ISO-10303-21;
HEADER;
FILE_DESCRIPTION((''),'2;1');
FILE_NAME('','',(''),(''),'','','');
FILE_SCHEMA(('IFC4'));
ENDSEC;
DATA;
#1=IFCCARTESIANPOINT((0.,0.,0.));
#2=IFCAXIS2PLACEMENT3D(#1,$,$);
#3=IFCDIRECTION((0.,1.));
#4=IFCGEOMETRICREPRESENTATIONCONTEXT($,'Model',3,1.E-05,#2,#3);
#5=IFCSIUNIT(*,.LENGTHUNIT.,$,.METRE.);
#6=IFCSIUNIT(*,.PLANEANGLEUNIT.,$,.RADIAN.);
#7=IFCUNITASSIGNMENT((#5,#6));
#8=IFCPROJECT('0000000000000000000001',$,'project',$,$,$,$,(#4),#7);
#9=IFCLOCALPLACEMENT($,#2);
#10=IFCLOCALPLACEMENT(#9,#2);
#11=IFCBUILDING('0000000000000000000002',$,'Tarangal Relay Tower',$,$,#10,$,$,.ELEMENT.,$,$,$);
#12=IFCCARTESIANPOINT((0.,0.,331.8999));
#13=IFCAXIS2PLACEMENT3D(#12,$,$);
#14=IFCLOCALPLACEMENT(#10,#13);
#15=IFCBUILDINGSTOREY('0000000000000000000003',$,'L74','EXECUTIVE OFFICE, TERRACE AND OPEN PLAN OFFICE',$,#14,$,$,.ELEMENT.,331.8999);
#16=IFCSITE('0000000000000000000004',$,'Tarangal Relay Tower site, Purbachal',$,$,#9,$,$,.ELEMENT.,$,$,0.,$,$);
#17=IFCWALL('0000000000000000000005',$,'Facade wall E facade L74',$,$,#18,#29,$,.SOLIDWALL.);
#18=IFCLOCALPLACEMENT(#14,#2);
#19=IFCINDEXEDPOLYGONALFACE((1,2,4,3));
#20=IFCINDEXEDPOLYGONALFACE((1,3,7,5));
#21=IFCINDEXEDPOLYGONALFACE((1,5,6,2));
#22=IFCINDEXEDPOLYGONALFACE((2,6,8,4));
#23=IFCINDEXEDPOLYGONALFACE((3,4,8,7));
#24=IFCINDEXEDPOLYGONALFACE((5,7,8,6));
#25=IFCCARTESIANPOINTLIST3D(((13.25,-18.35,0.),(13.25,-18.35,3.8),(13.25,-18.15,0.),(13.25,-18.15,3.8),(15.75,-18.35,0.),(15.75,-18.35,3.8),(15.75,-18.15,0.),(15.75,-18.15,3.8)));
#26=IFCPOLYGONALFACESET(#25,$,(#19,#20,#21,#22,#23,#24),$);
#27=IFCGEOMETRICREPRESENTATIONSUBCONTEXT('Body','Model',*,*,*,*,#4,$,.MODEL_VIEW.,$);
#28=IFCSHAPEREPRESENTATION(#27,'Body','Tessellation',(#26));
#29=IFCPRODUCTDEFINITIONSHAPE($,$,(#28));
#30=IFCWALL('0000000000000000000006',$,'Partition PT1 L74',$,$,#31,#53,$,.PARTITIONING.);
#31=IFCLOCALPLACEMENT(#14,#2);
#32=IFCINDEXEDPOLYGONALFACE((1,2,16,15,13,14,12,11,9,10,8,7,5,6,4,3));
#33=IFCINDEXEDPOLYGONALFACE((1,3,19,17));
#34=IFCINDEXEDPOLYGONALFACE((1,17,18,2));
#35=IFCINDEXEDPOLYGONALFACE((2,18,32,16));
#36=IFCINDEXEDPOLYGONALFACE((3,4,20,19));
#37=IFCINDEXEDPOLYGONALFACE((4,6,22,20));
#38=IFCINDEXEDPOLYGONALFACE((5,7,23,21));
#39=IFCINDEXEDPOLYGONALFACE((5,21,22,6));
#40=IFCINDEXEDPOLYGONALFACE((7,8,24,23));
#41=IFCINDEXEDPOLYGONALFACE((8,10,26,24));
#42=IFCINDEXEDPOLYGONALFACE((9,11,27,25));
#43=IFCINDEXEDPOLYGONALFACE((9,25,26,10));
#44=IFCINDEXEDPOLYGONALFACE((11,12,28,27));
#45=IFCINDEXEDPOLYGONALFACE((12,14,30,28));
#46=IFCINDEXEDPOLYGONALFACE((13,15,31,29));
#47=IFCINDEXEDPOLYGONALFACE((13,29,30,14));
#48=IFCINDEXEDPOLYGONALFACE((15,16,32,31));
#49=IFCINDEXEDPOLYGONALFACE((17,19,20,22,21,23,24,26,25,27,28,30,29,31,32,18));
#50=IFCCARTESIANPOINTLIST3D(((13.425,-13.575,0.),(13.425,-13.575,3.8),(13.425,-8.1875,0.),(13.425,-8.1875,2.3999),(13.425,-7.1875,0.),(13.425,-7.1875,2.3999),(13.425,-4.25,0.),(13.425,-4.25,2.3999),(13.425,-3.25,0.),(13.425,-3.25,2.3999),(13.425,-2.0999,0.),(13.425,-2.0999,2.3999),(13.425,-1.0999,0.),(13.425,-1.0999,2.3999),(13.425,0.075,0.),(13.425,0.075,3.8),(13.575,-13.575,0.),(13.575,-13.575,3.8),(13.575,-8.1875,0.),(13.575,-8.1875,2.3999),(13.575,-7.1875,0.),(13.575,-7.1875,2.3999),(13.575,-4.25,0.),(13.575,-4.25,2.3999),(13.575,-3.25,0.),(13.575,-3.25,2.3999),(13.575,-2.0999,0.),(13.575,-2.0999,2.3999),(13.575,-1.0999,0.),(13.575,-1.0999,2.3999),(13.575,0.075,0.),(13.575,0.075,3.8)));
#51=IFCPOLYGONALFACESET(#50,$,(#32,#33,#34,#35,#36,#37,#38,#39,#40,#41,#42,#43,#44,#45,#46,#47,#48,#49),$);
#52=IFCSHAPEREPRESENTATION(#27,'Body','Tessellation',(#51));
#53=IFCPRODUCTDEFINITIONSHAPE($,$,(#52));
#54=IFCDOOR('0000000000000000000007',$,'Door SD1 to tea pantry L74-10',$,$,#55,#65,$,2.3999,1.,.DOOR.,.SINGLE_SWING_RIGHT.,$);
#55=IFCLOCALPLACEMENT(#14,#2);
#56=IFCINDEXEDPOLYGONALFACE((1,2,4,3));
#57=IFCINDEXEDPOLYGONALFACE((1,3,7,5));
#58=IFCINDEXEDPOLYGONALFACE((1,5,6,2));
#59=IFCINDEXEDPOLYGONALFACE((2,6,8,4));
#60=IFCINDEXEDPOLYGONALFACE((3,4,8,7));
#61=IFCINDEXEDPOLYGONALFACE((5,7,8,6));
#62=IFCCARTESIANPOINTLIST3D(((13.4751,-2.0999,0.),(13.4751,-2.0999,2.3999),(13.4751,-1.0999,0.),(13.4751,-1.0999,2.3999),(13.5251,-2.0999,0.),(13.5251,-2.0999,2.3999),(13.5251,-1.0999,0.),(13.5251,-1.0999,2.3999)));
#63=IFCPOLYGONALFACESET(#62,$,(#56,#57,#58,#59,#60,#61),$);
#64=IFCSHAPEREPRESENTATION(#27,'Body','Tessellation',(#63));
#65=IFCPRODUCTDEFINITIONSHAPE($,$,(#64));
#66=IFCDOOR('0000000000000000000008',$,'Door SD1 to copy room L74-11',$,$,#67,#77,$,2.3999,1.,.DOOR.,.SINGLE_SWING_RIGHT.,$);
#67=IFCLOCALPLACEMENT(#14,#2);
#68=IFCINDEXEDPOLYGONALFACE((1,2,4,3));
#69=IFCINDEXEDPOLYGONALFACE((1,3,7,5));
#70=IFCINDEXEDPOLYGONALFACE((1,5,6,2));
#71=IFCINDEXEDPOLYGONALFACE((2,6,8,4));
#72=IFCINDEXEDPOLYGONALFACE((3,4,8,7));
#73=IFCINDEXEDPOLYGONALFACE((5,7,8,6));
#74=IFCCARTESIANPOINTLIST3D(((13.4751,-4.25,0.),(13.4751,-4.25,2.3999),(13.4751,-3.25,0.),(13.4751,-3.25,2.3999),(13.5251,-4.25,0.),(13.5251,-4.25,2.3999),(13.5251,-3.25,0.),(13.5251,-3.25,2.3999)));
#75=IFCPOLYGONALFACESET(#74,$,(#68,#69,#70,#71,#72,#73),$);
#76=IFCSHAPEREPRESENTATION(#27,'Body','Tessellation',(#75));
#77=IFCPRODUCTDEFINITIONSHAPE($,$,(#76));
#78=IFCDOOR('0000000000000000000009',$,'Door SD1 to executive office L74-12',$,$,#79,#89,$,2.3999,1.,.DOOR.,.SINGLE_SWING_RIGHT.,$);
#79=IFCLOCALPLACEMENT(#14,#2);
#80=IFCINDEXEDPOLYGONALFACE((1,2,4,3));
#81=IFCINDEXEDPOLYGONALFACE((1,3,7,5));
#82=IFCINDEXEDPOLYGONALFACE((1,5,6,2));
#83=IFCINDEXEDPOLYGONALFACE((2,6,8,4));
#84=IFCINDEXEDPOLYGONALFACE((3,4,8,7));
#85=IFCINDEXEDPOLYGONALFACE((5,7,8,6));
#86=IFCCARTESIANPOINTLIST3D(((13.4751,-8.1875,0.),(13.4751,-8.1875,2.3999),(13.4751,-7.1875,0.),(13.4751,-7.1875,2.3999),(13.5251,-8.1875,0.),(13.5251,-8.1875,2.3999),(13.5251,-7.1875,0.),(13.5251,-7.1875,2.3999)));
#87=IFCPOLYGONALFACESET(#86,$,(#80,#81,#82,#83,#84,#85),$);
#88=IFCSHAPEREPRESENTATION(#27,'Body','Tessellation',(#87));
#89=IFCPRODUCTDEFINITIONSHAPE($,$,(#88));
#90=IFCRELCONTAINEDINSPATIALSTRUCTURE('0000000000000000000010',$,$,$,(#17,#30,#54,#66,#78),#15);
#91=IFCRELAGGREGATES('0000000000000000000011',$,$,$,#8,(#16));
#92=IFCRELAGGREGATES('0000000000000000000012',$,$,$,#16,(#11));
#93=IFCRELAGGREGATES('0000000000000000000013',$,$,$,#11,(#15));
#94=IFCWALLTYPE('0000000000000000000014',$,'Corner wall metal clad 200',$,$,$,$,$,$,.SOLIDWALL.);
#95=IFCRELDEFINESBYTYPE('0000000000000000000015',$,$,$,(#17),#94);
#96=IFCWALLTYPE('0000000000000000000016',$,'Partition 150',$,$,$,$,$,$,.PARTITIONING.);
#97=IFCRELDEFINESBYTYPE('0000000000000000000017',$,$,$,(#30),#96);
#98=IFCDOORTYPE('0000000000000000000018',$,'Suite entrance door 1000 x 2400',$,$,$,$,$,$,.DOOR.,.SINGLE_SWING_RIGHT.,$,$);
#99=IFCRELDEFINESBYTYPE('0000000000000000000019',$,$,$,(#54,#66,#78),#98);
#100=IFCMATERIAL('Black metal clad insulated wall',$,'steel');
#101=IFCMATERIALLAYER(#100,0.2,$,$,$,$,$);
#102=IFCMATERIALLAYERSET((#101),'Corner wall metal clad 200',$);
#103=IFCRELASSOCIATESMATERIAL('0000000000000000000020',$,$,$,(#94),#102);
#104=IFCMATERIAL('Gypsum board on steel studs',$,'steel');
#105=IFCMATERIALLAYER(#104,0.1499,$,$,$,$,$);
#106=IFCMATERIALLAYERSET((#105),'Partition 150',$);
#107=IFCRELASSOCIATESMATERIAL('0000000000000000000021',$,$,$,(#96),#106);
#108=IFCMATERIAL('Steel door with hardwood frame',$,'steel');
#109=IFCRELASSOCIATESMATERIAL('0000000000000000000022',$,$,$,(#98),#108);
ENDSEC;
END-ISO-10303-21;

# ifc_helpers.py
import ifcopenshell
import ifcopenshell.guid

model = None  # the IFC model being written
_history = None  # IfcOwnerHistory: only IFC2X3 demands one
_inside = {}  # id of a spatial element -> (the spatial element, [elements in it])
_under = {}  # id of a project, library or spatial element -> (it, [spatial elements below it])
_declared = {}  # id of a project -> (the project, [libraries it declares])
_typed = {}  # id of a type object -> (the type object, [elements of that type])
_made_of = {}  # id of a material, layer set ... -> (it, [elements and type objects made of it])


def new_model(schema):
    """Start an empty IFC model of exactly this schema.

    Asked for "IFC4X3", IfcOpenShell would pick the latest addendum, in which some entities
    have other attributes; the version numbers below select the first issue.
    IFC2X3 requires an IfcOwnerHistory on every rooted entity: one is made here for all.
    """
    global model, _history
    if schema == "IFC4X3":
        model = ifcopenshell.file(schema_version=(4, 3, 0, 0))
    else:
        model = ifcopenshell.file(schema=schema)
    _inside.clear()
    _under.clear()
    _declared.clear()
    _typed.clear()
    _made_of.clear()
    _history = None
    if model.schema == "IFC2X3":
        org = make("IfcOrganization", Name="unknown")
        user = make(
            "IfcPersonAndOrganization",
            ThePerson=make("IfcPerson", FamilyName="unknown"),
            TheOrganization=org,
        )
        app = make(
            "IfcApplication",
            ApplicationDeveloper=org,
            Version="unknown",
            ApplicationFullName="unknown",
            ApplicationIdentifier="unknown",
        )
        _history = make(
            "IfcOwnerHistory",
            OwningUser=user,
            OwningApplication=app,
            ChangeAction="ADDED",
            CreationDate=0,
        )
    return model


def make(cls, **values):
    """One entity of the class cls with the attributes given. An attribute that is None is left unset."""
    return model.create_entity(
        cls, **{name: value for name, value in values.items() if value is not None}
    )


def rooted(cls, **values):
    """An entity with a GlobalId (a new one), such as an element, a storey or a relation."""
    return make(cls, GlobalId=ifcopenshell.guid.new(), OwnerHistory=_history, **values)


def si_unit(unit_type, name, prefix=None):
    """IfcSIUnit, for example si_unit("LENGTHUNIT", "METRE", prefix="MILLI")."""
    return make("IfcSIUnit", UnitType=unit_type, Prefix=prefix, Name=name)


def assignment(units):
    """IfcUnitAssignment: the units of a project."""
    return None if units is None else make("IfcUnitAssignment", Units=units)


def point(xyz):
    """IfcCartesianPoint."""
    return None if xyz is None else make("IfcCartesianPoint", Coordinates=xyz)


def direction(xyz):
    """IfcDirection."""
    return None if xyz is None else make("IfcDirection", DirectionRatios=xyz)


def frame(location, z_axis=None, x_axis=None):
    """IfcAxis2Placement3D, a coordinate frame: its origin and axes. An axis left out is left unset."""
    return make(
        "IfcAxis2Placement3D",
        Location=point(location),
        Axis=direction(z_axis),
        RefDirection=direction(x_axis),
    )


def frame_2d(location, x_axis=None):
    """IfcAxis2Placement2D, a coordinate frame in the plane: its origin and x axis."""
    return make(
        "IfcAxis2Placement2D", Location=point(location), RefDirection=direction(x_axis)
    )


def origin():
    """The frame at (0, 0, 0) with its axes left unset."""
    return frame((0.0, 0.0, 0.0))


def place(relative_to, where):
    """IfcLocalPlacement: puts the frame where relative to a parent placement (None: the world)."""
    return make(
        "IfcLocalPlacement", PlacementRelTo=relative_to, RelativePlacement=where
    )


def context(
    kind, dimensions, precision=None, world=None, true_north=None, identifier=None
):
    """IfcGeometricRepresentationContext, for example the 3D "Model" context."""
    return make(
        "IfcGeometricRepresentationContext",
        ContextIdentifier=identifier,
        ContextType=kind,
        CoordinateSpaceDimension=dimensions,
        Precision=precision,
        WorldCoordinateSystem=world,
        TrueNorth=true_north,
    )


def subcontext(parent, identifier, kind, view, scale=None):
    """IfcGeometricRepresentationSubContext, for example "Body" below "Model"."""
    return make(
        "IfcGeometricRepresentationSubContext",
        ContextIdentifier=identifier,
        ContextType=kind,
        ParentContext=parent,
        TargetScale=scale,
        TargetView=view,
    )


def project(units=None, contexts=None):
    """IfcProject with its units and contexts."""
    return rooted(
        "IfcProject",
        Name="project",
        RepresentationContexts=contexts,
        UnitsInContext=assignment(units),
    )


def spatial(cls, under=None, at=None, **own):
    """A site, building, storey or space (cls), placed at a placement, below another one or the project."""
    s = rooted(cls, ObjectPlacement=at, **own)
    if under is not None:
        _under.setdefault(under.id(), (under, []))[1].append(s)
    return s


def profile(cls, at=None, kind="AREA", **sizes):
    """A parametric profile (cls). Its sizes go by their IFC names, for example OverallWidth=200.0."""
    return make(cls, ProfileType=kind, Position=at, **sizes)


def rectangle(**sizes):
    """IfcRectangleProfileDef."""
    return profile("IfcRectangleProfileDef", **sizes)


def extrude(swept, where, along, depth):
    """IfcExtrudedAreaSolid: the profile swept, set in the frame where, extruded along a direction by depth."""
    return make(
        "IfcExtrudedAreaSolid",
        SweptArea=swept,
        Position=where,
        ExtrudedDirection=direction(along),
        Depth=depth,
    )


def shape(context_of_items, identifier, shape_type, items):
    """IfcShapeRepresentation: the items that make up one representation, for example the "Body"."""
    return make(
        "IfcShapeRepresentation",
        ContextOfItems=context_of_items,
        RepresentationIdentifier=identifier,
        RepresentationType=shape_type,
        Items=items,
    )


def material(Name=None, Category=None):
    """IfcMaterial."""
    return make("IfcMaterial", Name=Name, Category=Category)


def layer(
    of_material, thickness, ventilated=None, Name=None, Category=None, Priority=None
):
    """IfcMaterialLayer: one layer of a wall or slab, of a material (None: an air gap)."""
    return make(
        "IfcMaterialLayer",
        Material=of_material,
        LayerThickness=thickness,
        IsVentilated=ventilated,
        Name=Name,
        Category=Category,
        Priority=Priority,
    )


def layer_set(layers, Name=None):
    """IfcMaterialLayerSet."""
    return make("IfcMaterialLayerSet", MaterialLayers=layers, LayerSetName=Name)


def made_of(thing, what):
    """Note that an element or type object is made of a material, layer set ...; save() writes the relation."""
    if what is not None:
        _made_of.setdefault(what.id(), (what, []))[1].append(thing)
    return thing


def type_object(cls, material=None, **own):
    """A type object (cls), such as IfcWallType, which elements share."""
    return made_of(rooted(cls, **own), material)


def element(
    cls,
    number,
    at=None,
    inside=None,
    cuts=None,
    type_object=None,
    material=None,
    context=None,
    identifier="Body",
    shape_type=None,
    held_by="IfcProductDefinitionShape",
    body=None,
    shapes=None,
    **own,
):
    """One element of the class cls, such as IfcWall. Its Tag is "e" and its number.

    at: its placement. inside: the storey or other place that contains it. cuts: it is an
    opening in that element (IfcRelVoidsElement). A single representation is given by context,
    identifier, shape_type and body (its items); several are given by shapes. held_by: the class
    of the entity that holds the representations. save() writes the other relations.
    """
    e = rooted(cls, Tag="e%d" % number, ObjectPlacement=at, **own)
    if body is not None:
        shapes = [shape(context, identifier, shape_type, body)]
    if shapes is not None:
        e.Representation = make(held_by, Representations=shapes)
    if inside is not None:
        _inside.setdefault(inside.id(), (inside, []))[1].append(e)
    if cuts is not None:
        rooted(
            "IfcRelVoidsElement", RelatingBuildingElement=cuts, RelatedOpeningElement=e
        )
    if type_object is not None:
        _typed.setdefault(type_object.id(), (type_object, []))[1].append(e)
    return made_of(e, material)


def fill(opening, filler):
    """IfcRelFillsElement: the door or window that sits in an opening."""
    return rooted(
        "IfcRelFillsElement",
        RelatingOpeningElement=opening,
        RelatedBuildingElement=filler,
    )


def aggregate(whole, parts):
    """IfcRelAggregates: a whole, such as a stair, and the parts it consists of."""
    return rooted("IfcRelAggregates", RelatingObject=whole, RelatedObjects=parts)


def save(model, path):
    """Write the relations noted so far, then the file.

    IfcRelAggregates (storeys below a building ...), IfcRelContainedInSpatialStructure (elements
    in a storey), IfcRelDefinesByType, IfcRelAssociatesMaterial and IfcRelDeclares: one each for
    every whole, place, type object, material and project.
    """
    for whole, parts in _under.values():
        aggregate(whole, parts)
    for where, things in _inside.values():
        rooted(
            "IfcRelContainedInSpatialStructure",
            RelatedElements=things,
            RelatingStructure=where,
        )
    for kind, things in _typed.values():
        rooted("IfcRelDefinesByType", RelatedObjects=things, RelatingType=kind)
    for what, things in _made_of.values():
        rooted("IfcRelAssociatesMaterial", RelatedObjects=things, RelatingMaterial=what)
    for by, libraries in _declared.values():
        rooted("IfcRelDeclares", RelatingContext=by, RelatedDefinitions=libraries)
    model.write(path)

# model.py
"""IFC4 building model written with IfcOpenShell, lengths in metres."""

from ifc_helpers import new_model, si_unit, direction, frame, frame_2d, origin, place, context, subcontext, project, spatial, rectangle, extrude, material, layer, layer_set, type_object, element, fill, save


model = new_model("IFC4")

# Units and contexts
model_context = context("Model", 3, precision=1e-05, world=origin(), true_north=direction((0.0, 1.0)))
body_context = subcontext(model_context, "Body", "Model", "MODEL_VIEW")
ifc_project = project(units=[si_unit("LENGTHUNIT", "METRE"), si_unit("PLANEANGLEUNIT", "RADIAN")], contexts=[model_context])

# Site, building, storey
site_placement = place(None, origin())
site = spatial("IfcSite", under=ifc_project, at=site_placement, Name="Tarangal Relay Tower site, Purbachal", CompositionType="ELEMENT", RefElevation=0.0)
building_placement = place(site_placement, origin())
building = spatial("IfcBuilding", under=site, at=building_placement, Name="Tarangal Relay Tower", CompositionType="ELEMENT")
storey_placement = place(building_placement, frame((0.0, 0.0, 331.8999)))
storey = spatial("IfcBuildingStorey", under=building, at=storey_placement, Name="L74", Description="EXECUTIVE OFFICE, TERRACE AND OPEN PLAN OFFICE", CompositionType="ELEMENT", Elevation=331.8999)

# Shared definitions
ifc_material_1 = material(Name="Black metal clad insulated wall", Category="steel")
ifc_layer_1 = layer(ifc_material_1, 0.2)
ifc_layer_set_1 = layer_set([ifc_layer_1], Name="Corner wall metal clad 200")
wall_type_1 = type_object("IfcWallType", Name="Corner wall metal clad 200", PredefinedType="SOLIDWALL", material=ifc_layer_set_1)

# Wall
wall_1_placement = place(storey_placement, frame((15.75, -18.25, 0.0), z_axis=(0.0, 0.0, 1.0), x_axis=(-1.0, 0.0, 0.0)))
element("IfcWall", 1, at=wall_1_placement, inside=storey, type_object=wall_type_1, Name="Facade wall E facade L74", PredefinedType="SOLIDWALL", context=body_context, shape_type="SweptSolid", body=[
    extrude(rectangle(XDim=2.5, YDim=0.2, at=frame_2d((1.25, 0.0))), origin(), (0.0, 0.0, 1.0), 3.8),
])

# Wall, openings, doors
ifc_material_2 = material(Name="Gypsum board on steel studs", Category="steel")
ifc_layer_2 = layer(ifc_material_2, 0.1499)
ifc_layer_set_2 = layer_set([ifc_layer_2], Name="Partition 150")
wall_type_2 = type_object("IfcWallType", Name="Partition 150", PredefinedType="PARTITIONING", material=ifc_layer_set_2)
wall_2_placement = place(storey_placement, frame((13.5, -13.575, 0.0), z_axis=(0.0, 0.0, 1.0), x_axis=(0.0, 1.0, 0.0)))
wall_2 = element("IfcWall", 2, at=wall_2_placement, inside=storey, type_object=wall_type_2, Name="Partition PT1 L74", PredefinedType="PARTITIONING", context=body_context, shape_type="SweptSolid", body=[
    extrude(rectangle(XDim=13.6499, YDim=0.1499, at=frame_2d((6.825, 0.0))), origin(), (0.0, 0.0, 1.0), 3.8),
])
opening_1_placement = place(wall_2_placement, frame((11.4751, 0.0, 0.0)))
opening_1 = element("IfcOpeningElement", 3, at=opening_1_placement, cuts=wall_2, PredefinedType="OPENING", context=body_context, shape_type="SweptSolid", body=[
    extrude(rectangle(XDim=1.0, YDim=2.3999, at=frame_2d((0.5, 1.2))), frame((0.0, 0.085, 0.0), z_axis=(0.0, -1.0, 0.0), x_axis=(1.0, 0.0, 0.0)), (0.0, 0.0, 1.0), 0.1699),
])
opening_2_placement = place(wall_2_placement, frame((9.325, 0.0, 0.0)))
opening_2 = element("IfcOpeningElement", 4, at=opening_2_placement, cuts=wall_2, PredefinedType="OPENING", context=body_context, shape_type="SweptSolid", body=[
    extrude(rectangle(XDim=1.0, YDim=2.3999, at=frame_2d((0.5, 1.2))), frame((0.0, 0.085, 0.0), z_axis=(0.0, -1.0, 0.0), x_axis=(1.0, 0.0, 0.0)), (0.0, 0.0, 1.0), 0.1699),
])
opening_3_placement = place(wall_2_placement, frame((5.3875, 0.0, 0.0)))
opening_3 = element("IfcOpeningElement", 5, at=opening_3_placement, cuts=wall_2, PredefinedType="OPENING", context=body_context, shape_type="SweptSolid", body=[
    extrude(rectangle(XDim=1.0, YDim=2.3999, at=frame_2d((0.5, 1.2))), frame((0.0, 0.085, 0.0), z_axis=(0.0, -1.0, 0.0), x_axis=(1.0, 0.0, 0.0)), (0.0, 0.0, 1.0), 0.1699),
])
ifc_material_3 = material(Name="Steel door with hardwood frame", Category="steel")
door_type_1 = type_object("IfcDoorType", Name="Suite entrance door 1000 x 2400", OperationType="SINGLE_SWING_RIGHT", PredefinedType="DOOR", material=ifc_material_3)
door_1_placement = place(opening_1_placement, origin())
door_1 = element("IfcDoor", 6, at=door_1_placement, inside=storey, type_object=door_type_1, Name="Door SD1 to tea pantry L74-10", OperationType="SINGLE_SWING_RIGHT", OverallHeight=2.3999, OverallWidth=1.0, PredefinedType="DOOR", context=body_context, shape_type="SweptSolid", body=[
    extrude(rectangle(XDim=1.0, YDim=2.3999, at=frame_2d((0.5, 1.2))), frame((0.0, 0.0249, 0.0), z_axis=(0.0, -1.0, 0.0), x_axis=(1.0, 0.0, 0.0)), (0.0, 0.0, 1.0), 0.05),
])
fill(opening_1, door_1)
door_2_placement = place(opening_2_placement, origin())
door_2 = element("IfcDoor", 7, at=door_2_placement, inside=storey, type_object=door_type_1, Name="Door SD1 to copy room L74-11", OperationType="SINGLE_SWING_RIGHT", OverallHeight=2.3999, OverallWidth=1.0, PredefinedType="DOOR", context=body_context, shape_type="SweptSolid", body=[
    extrude(rectangle(XDim=1.0, YDim=2.3999, at=frame_2d((0.5, 1.2))), frame((0.0, 0.0249, 0.0), z_axis=(0.0, -1.0, 0.0), x_axis=(1.0, 0.0, 0.0)), (0.0, 0.0, 1.0), 0.05),
])
fill(opening_2, door_2)
door_3_placement = place(opening_3_placement, origin())
door_3 = element("IfcDoor", 8, at=door_3_placement, inside=storey, type_object=door_type_1, Name="Door SD1 to executive office L74-12", OperationType="SINGLE_SWING_RIGHT", OverallHeight=2.3999, OverallWidth=1.0, PredefinedType="DOOR", context=body_context, shape_type="SweptSolid", body=[
    extrude(rectangle(XDim=1.0, YDim=2.3999, at=frame_2d((0.5, 1.2))), frame((0.0, 0.0249, 0.0), z_axis=(0.0, -1.0, 0.0), x_axis=(1.0, 0.0, 0.0)), (0.0, 0.0, 1.0), 0.05),
])
fill(opening_3, door_3)

save(model, "model.ifc")
